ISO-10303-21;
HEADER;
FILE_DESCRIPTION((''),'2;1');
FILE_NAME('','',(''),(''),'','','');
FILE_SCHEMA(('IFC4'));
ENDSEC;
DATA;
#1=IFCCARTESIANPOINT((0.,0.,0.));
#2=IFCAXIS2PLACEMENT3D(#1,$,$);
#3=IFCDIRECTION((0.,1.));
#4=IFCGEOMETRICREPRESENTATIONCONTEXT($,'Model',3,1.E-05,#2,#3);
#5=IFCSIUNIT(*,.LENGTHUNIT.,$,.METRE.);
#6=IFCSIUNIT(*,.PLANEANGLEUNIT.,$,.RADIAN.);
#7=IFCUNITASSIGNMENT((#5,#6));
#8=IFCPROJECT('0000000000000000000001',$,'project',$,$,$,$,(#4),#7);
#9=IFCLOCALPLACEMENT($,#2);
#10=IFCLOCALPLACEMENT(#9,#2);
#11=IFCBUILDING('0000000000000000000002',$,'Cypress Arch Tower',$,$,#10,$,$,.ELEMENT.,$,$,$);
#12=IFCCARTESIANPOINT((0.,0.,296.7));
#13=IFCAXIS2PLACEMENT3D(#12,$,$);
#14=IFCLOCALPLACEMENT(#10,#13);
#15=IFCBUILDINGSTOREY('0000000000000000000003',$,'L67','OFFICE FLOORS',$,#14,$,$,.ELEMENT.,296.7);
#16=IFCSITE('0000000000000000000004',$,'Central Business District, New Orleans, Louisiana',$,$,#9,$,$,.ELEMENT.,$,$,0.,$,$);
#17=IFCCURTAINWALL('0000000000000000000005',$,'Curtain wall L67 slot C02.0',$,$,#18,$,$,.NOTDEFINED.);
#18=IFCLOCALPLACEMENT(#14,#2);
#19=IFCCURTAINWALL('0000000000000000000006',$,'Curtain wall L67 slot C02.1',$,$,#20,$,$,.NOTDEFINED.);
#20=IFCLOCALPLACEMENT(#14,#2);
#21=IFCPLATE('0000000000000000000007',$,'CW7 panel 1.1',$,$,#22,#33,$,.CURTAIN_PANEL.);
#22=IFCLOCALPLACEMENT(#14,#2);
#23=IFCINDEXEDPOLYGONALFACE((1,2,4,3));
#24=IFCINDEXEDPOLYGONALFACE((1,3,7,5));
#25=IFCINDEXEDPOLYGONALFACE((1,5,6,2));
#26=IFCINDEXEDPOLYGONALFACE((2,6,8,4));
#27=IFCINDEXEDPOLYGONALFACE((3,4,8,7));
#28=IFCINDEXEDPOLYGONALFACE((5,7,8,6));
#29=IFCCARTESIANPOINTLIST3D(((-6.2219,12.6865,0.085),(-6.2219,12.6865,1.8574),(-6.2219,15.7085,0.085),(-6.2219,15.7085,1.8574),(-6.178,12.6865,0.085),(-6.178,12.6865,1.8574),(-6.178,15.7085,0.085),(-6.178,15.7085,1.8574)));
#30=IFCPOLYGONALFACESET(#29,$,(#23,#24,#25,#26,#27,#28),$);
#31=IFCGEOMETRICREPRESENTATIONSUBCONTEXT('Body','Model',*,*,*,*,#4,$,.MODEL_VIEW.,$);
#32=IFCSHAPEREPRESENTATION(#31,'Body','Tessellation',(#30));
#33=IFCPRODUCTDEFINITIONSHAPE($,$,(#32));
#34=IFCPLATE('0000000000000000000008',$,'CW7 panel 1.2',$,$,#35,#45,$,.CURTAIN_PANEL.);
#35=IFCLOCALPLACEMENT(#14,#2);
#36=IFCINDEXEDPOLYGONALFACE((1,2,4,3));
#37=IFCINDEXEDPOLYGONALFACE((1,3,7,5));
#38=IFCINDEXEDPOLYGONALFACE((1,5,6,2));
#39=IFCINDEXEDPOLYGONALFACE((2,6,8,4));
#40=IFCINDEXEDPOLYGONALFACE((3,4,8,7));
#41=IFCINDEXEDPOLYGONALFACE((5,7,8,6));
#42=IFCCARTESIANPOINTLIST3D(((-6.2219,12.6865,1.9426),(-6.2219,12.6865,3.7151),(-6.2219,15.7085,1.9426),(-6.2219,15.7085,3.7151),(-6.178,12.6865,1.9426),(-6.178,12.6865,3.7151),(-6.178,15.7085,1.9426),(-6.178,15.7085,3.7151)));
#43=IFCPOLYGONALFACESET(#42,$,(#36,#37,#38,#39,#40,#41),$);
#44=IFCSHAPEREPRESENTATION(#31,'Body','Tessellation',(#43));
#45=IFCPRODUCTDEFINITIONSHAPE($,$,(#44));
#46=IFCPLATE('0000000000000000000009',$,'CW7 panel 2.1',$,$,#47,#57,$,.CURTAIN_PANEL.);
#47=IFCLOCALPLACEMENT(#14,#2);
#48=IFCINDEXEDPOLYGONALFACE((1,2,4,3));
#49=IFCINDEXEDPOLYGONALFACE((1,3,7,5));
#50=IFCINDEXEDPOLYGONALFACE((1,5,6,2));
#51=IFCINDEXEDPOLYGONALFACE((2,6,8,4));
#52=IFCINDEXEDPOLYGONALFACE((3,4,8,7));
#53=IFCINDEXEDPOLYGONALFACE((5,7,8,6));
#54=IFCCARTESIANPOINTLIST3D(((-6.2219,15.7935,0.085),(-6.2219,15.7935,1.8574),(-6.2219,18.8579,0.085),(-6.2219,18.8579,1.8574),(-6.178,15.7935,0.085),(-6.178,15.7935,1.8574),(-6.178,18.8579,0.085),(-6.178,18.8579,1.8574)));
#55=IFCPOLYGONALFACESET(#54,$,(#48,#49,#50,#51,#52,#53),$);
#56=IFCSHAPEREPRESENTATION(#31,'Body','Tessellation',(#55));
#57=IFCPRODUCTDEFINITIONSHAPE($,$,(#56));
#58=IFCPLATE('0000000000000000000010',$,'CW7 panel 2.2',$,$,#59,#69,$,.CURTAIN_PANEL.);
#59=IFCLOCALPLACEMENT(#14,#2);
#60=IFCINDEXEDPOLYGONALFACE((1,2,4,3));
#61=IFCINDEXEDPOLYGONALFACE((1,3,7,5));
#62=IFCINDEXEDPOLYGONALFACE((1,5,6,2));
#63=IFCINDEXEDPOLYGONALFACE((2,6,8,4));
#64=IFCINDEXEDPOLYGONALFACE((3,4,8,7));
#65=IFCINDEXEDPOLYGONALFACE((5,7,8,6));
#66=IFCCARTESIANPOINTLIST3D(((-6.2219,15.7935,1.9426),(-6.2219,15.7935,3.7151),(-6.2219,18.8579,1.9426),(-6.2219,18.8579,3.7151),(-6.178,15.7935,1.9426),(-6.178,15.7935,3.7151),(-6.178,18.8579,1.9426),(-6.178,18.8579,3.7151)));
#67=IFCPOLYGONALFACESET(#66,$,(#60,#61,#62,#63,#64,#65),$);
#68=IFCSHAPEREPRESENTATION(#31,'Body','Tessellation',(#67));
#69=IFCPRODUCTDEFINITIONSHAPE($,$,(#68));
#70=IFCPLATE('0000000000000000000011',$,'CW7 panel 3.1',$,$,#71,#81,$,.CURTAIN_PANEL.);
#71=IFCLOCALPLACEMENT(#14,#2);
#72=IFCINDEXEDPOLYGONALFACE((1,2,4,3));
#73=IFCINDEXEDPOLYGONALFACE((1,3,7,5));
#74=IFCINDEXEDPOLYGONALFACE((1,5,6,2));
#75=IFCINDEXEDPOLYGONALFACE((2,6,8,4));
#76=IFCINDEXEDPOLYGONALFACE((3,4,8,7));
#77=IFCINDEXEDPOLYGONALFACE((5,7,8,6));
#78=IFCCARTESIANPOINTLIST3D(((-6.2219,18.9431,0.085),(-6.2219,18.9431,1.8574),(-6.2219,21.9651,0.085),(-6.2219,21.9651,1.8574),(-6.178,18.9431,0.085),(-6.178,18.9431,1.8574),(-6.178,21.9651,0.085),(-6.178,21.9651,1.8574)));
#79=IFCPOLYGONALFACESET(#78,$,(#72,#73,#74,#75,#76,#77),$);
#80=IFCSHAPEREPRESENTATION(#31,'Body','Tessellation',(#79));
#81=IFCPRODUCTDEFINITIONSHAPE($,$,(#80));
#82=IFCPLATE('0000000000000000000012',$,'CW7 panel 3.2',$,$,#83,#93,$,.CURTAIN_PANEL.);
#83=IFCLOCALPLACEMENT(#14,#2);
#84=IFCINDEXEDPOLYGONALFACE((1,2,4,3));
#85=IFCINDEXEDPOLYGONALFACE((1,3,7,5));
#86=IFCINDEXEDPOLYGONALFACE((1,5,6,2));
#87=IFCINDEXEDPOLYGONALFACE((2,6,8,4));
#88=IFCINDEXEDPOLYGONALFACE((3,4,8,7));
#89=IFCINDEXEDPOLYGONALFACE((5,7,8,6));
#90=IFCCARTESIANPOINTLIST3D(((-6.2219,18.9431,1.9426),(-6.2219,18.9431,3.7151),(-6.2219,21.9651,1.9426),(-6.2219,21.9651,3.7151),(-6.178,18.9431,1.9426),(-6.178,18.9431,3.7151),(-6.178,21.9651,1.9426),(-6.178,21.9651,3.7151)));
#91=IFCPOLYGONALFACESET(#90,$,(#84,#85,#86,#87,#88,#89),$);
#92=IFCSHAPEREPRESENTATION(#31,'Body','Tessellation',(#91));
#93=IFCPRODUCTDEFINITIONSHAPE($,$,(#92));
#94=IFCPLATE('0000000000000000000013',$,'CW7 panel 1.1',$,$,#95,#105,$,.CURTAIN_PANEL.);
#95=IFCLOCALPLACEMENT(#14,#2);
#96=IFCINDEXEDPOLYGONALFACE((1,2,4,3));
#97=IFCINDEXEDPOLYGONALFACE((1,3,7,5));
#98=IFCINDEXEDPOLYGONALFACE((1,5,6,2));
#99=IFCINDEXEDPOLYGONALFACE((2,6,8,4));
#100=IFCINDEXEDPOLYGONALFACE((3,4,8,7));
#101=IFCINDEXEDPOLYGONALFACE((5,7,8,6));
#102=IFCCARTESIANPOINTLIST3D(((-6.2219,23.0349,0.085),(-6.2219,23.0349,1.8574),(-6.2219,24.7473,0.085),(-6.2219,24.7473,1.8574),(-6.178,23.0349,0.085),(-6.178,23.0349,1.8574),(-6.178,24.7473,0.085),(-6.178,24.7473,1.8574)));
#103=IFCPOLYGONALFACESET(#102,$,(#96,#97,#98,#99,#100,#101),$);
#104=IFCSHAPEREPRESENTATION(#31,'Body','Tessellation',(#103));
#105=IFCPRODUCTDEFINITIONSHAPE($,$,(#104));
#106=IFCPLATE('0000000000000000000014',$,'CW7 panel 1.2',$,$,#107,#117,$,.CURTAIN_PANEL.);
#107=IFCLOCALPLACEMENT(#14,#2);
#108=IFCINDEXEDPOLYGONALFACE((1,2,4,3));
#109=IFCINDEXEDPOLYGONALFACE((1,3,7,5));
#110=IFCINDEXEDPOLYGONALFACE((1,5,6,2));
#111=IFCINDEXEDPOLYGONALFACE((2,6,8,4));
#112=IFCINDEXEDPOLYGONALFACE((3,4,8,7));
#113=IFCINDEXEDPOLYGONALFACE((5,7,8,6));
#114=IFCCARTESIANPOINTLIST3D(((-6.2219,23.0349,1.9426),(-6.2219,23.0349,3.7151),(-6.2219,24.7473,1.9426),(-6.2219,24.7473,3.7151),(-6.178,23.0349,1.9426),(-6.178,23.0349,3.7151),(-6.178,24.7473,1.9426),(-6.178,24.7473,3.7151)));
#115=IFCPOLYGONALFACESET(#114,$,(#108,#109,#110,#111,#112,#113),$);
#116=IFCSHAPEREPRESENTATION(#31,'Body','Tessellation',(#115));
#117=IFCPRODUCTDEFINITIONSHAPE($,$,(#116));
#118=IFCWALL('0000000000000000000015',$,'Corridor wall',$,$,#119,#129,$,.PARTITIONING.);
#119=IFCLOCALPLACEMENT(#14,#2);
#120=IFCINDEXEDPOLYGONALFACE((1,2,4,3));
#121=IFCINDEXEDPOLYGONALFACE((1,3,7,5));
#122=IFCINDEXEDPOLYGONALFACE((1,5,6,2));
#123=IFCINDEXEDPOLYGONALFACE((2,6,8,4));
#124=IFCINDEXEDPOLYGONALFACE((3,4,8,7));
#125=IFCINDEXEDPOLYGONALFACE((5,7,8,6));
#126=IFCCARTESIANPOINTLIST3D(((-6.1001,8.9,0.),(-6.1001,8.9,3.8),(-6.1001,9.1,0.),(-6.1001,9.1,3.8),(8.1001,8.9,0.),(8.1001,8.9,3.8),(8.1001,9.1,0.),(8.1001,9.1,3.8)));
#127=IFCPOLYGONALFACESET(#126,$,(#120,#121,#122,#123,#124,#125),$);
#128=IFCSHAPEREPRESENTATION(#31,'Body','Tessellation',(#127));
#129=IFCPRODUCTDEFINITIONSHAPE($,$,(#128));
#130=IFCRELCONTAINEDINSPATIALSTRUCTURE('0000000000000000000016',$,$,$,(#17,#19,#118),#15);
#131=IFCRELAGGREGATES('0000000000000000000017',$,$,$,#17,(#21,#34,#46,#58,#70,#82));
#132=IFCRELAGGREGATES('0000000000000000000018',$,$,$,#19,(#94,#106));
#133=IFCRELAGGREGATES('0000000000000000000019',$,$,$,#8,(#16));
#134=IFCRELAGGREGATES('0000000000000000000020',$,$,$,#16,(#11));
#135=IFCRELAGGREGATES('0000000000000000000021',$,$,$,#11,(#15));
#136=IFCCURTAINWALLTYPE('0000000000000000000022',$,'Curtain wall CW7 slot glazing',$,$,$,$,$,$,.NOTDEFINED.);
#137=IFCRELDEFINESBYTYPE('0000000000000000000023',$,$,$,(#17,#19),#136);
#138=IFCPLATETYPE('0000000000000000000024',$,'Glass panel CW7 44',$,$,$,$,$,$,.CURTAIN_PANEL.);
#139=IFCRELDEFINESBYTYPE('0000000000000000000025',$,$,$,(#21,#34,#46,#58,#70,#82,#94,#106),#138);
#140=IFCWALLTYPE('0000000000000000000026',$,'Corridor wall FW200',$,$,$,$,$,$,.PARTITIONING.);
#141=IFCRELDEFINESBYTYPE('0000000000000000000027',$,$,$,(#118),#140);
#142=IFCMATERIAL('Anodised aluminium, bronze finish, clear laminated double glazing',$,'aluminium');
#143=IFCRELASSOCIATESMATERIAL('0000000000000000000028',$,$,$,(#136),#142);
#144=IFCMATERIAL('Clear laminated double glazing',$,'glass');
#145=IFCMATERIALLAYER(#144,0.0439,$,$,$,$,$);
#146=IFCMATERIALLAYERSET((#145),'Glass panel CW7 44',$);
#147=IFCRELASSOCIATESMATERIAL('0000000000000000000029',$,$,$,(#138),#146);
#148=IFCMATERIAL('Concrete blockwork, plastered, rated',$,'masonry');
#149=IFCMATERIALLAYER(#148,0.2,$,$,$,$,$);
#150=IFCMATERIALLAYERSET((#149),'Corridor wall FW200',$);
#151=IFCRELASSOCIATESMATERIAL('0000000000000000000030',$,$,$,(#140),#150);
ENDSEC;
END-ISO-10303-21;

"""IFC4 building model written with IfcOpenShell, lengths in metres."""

from ifc_helpers import new_model, si_unit, direction, frame, frame_2d, origin, origin_2d, place, context, subcontext, project, spatial, rectangle, extrude, material, layer, layer_set, type_object, element, aggregate, save


model = new_model("IFC4")

# Units and contexts
model_context = context("Model", 3, precision=1e-05, world=origin(), true_north=direction((0.0, 1.0)))
body_context = subcontext(model_context, "Body", "Model", "MODEL_VIEW")
ifc_project = project(units=[si_unit("LENGTHUNIT", "METRE"), si_unit("PLANEANGLEUNIT", "RADIAN")], contexts=[model_context])

# Site, building, storey
site_placement = place(None, origin())
site = spatial("IfcSite", under=ifc_project, at=site_placement, Name="Central Business District, New Orleans, Louisiana", CompositionType="ELEMENT", RefElevation=0.0)
building_placement = place(site_placement, origin())
building = spatial("IfcBuilding", under=site, at=building_placement, Name="Cypress Arch Tower", CompositionType="ELEMENT")
storey_placement = place(building_placement, frame((0.0, 0.0, 296.7)))
storey = spatial("IfcBuildingStorey", under=building, at=storey_placement, Name="L67", Description="OFFICE FLOORS", CompositionType="ELEMENT", Elevation=296.7)

# Shared definitions
ifc_material_1 = material(Name="Anodised aluminium, bronze finish, clear laminated double glazing", Category="aluminium")
curtain_wall_type = type_object("IfcCurtainWallType", Name="Curtain wall CW7 slot glazing", PredefinedType="NOTDEFINED", material=ifc_material_1)

# Curtain walls
curtain_wall_1_placement = place(storey_placement, origin())
curtain_wall_1 = element("IfcCurtainWall", 1, at=curtain_wall_1_placement, inside=storey, type_object=curtain_wall_type, Name="Curtain wall L67 slot C02.0", PredefinedType="NOTDEFINED")
curtain_wall_2_placement = place(storey_placement, origin())
curtain_wall_2 = element("IfcCurtainWall", 2, at=curtain_wall_2_placement, inside=storey, type_object=curtain_wall_type, Name="Curtain wall L67 slot C02.1", PredefinedType="NOTDEFINED")

# Plates
ifc_material_2 = material(Name="Clear laminated double glazing", Category="glass")
ifc_layer_1 = layer(ifc_material_2, 0.0439)
ifc_layer_set_1 = layer_set([ifc_layer_1], Name="Glass panel CW7 44")
plate_type = type_object("IfcPlateType", Name="Glass panel CW7 44", PredefinedType="CURTAIN_PANEL", material=ifc_layer_set_1)
plate_1_placement = place(storey_placement, frame((-6.2, 14.1975, 0.085), z_axis=(0.0, 0.0, 1.0), x_axis=(0.0, 1.0, 0.0)))
plate_1 = element("IfcPlate", 3, at=plate_1_placement, type_object=plate_type, Name="CW7 panel 1.1", PredefinedType="CURTAIN_PANEL", context=body_context, shape_type="SweptSolid", body=[
    extrude(rectangle(XDim=3.022, YDim=0.0439, at=origin_2d()), origin(), (0.0, 0.0, 1.0), 1.7725),
])
plate_2_placement = place(storey_placement, frame((-6.2, 14.1975, 1.9426), z_axis=(0.0, 0.0, 1.0), x_axis=(0.0, 1.0, 0.0)))
plate_2 = element("IfcPlate", 4, at=plate_2_placement, type_object=plate_type, Name="CW7 panel 1.2", PredefinedType="CURTAIN_PANEL", context=body_context, shape_type="SweptSolid", body=[
    extrude(rectangle(XDim=3.022, YDim=0.0439, at=origin_2d()), origin(), (0.0, 0.0, 1.0), 1.7725),
])
plate_3_placement = place(storey_placement, frame((-6.2, 17.3257, 0.085), z_axis=(0.0, 0.0, 1.0), x_axis=(0.0, 1.0, 0.0)))
plate_3 = element("IfcPlate", 5, at=plate_3_placement, type_object=plate_type, Name="CW7 panel 2.1", PredefinedType="CURTAIN_PANEL", context=body_context, shape_type="SweptSolid", body=[
    extrude(rectangle(XDim=3.0645, YDim=0.0439, at=origin_2d()), origin(), (0.0, 0.0, 1.0), 1.7725),
])
plate_4_placement = place(storey_placement, frame((-6.2, 17.3257, 1.9426), z_axis=(0.0, 0.0, 1.0), x_axis=(0.0, 1.0, 0.0)))
plate_4 = element("IfcPlate", 6, at=plate_4_placement, type_object=plate_type, Name="CW7 panel 2.2", PredefinedType="CURTAIN_PANEL", context=body_context, shape_type="SweptSolid", body=[
    extrude(rectangle(XDim=3.0645, YDim=0.0439, at=origin_2d()), origin(), (0.0, 0.0, 1.0), 1.7725),
])
plate_5_placement = place(storey_placement, frame((-6.2, 20.4541, 0.085), z_axis=(0.0, 0.0, 1.0), x_axis=(0.0, 1.0, 0.0)))
plate_5 = element("IfcPlate", 7, at=plate_5_placement, type_object=plate_type, Name="CW7 panel 3.1", PredefinedType="CURTAIN_PANEL", context=body_context, shape_type="SweptSolid", body=[
    extrude(rectangle(XDim=3.022, YDim=0.0439, at=origin_2d()), origin(), (0.0, 0.0, 1.0), 1.7725),
])
plate_6_placement = place(storey_placement, frame((-6.2, 20.4541, 1.9426), z_axis=(0.0, 0.0, 1.0), x_axis=(0.0, 1.0, 0.0)))
plate_6 = element("IfcPlate", 8, at=plate_6_placement, type_object=plate_type, Name="CW7 panel 3.2", PredefinedType="CURTAIN_PANEL", context=body_context, shape_type="SweptSolid", body=[
    extrude(rectangle(XDim=3.022, YDim=0.0439, at=origin_2d()), origin(), (0.0, 0.0, 1.0), 1.7725),
])
aggregate(curtain_wall_1, [plate_1, plate_2, plate_3, plate_4, plate_5, plate_6])
plate_7_placement = place(storey_placement, frame((-6.2, 23.8911, 0.085), z_axis=(0.0, 0.0, 1.0), x_axis=(0.0, 1.0, 0.0)))
plate_7 = element("IfcPlate", 9, at=plate_7_placement, type_object=plate_type, Name="CW7 panel 1.1", PredefinedType="CURTAIN_PANEL", context=body_context, shape_type="SweptSolid", body=[
    extrude(rectangle(XDim=1.7124, YDim=0.0439, at=origin_2d()), origin(), (0.0, 0.0, 1.0), 1.7725),
])
plate_8_placement = place(storey_placement, frame((-6.2, 23.8911, 1.9426), z_axis=(0.0, 0.0, 1.0), x_axis=(0.0, 1.0, 0.0)))
plate_8 = element("IfcPlate", 10, at=plate_8_placement, type_object=plate_type, Name="CW7 panel 1.2", PredefinedType="CURTAIN_PANEL", context=body_context, shape_type="SweptSolid", body=[
    extrude(rectangle(XDim=1.7124, YDim=0.0439, at=origin_2d()), origin(), (0.0, 0.0, 1.0), 1.7725),
])
aggregate(curtain_wall_2, [plate_7, plate_8])

# Wall
ifc_material_3 = material(Name="Concrete blockwork, plastered, rated", Category="masonry")
ifc_layer_2 = layer(ifc_material_3, 0.2)
ifc_layer_set_2 = layer_set([ifc_layer_2], Name="Corridor wall FW200")
wall_type = type_object("IfcWallType", Name="Corridor wall FW200", PredefinedType="PARTITIONING", material=ifc_layer_set_2)
wall_placement = place(storey_placement, frame((-6.1001, 9.0, 0.0), z_axis=(0.0, 0.0, 1.0), x_axis=(1.0, 0.0, 0.0)))
element("IfcWall", 11, at=wall_placement, inside=storey, type_object=wall_type, Name="Corridor wall", PredefinedType="PARTITIONING", context=body_context, shape_type="SweptSolid", body=[
    extrude(rectangle(XDim=14.2002, YDim=0.2, at=frame_2d((7.1001, 0.0))), origin(), (0.0, 0.0, 1.0), 3.8),
])

save(model, "model.ifc")
